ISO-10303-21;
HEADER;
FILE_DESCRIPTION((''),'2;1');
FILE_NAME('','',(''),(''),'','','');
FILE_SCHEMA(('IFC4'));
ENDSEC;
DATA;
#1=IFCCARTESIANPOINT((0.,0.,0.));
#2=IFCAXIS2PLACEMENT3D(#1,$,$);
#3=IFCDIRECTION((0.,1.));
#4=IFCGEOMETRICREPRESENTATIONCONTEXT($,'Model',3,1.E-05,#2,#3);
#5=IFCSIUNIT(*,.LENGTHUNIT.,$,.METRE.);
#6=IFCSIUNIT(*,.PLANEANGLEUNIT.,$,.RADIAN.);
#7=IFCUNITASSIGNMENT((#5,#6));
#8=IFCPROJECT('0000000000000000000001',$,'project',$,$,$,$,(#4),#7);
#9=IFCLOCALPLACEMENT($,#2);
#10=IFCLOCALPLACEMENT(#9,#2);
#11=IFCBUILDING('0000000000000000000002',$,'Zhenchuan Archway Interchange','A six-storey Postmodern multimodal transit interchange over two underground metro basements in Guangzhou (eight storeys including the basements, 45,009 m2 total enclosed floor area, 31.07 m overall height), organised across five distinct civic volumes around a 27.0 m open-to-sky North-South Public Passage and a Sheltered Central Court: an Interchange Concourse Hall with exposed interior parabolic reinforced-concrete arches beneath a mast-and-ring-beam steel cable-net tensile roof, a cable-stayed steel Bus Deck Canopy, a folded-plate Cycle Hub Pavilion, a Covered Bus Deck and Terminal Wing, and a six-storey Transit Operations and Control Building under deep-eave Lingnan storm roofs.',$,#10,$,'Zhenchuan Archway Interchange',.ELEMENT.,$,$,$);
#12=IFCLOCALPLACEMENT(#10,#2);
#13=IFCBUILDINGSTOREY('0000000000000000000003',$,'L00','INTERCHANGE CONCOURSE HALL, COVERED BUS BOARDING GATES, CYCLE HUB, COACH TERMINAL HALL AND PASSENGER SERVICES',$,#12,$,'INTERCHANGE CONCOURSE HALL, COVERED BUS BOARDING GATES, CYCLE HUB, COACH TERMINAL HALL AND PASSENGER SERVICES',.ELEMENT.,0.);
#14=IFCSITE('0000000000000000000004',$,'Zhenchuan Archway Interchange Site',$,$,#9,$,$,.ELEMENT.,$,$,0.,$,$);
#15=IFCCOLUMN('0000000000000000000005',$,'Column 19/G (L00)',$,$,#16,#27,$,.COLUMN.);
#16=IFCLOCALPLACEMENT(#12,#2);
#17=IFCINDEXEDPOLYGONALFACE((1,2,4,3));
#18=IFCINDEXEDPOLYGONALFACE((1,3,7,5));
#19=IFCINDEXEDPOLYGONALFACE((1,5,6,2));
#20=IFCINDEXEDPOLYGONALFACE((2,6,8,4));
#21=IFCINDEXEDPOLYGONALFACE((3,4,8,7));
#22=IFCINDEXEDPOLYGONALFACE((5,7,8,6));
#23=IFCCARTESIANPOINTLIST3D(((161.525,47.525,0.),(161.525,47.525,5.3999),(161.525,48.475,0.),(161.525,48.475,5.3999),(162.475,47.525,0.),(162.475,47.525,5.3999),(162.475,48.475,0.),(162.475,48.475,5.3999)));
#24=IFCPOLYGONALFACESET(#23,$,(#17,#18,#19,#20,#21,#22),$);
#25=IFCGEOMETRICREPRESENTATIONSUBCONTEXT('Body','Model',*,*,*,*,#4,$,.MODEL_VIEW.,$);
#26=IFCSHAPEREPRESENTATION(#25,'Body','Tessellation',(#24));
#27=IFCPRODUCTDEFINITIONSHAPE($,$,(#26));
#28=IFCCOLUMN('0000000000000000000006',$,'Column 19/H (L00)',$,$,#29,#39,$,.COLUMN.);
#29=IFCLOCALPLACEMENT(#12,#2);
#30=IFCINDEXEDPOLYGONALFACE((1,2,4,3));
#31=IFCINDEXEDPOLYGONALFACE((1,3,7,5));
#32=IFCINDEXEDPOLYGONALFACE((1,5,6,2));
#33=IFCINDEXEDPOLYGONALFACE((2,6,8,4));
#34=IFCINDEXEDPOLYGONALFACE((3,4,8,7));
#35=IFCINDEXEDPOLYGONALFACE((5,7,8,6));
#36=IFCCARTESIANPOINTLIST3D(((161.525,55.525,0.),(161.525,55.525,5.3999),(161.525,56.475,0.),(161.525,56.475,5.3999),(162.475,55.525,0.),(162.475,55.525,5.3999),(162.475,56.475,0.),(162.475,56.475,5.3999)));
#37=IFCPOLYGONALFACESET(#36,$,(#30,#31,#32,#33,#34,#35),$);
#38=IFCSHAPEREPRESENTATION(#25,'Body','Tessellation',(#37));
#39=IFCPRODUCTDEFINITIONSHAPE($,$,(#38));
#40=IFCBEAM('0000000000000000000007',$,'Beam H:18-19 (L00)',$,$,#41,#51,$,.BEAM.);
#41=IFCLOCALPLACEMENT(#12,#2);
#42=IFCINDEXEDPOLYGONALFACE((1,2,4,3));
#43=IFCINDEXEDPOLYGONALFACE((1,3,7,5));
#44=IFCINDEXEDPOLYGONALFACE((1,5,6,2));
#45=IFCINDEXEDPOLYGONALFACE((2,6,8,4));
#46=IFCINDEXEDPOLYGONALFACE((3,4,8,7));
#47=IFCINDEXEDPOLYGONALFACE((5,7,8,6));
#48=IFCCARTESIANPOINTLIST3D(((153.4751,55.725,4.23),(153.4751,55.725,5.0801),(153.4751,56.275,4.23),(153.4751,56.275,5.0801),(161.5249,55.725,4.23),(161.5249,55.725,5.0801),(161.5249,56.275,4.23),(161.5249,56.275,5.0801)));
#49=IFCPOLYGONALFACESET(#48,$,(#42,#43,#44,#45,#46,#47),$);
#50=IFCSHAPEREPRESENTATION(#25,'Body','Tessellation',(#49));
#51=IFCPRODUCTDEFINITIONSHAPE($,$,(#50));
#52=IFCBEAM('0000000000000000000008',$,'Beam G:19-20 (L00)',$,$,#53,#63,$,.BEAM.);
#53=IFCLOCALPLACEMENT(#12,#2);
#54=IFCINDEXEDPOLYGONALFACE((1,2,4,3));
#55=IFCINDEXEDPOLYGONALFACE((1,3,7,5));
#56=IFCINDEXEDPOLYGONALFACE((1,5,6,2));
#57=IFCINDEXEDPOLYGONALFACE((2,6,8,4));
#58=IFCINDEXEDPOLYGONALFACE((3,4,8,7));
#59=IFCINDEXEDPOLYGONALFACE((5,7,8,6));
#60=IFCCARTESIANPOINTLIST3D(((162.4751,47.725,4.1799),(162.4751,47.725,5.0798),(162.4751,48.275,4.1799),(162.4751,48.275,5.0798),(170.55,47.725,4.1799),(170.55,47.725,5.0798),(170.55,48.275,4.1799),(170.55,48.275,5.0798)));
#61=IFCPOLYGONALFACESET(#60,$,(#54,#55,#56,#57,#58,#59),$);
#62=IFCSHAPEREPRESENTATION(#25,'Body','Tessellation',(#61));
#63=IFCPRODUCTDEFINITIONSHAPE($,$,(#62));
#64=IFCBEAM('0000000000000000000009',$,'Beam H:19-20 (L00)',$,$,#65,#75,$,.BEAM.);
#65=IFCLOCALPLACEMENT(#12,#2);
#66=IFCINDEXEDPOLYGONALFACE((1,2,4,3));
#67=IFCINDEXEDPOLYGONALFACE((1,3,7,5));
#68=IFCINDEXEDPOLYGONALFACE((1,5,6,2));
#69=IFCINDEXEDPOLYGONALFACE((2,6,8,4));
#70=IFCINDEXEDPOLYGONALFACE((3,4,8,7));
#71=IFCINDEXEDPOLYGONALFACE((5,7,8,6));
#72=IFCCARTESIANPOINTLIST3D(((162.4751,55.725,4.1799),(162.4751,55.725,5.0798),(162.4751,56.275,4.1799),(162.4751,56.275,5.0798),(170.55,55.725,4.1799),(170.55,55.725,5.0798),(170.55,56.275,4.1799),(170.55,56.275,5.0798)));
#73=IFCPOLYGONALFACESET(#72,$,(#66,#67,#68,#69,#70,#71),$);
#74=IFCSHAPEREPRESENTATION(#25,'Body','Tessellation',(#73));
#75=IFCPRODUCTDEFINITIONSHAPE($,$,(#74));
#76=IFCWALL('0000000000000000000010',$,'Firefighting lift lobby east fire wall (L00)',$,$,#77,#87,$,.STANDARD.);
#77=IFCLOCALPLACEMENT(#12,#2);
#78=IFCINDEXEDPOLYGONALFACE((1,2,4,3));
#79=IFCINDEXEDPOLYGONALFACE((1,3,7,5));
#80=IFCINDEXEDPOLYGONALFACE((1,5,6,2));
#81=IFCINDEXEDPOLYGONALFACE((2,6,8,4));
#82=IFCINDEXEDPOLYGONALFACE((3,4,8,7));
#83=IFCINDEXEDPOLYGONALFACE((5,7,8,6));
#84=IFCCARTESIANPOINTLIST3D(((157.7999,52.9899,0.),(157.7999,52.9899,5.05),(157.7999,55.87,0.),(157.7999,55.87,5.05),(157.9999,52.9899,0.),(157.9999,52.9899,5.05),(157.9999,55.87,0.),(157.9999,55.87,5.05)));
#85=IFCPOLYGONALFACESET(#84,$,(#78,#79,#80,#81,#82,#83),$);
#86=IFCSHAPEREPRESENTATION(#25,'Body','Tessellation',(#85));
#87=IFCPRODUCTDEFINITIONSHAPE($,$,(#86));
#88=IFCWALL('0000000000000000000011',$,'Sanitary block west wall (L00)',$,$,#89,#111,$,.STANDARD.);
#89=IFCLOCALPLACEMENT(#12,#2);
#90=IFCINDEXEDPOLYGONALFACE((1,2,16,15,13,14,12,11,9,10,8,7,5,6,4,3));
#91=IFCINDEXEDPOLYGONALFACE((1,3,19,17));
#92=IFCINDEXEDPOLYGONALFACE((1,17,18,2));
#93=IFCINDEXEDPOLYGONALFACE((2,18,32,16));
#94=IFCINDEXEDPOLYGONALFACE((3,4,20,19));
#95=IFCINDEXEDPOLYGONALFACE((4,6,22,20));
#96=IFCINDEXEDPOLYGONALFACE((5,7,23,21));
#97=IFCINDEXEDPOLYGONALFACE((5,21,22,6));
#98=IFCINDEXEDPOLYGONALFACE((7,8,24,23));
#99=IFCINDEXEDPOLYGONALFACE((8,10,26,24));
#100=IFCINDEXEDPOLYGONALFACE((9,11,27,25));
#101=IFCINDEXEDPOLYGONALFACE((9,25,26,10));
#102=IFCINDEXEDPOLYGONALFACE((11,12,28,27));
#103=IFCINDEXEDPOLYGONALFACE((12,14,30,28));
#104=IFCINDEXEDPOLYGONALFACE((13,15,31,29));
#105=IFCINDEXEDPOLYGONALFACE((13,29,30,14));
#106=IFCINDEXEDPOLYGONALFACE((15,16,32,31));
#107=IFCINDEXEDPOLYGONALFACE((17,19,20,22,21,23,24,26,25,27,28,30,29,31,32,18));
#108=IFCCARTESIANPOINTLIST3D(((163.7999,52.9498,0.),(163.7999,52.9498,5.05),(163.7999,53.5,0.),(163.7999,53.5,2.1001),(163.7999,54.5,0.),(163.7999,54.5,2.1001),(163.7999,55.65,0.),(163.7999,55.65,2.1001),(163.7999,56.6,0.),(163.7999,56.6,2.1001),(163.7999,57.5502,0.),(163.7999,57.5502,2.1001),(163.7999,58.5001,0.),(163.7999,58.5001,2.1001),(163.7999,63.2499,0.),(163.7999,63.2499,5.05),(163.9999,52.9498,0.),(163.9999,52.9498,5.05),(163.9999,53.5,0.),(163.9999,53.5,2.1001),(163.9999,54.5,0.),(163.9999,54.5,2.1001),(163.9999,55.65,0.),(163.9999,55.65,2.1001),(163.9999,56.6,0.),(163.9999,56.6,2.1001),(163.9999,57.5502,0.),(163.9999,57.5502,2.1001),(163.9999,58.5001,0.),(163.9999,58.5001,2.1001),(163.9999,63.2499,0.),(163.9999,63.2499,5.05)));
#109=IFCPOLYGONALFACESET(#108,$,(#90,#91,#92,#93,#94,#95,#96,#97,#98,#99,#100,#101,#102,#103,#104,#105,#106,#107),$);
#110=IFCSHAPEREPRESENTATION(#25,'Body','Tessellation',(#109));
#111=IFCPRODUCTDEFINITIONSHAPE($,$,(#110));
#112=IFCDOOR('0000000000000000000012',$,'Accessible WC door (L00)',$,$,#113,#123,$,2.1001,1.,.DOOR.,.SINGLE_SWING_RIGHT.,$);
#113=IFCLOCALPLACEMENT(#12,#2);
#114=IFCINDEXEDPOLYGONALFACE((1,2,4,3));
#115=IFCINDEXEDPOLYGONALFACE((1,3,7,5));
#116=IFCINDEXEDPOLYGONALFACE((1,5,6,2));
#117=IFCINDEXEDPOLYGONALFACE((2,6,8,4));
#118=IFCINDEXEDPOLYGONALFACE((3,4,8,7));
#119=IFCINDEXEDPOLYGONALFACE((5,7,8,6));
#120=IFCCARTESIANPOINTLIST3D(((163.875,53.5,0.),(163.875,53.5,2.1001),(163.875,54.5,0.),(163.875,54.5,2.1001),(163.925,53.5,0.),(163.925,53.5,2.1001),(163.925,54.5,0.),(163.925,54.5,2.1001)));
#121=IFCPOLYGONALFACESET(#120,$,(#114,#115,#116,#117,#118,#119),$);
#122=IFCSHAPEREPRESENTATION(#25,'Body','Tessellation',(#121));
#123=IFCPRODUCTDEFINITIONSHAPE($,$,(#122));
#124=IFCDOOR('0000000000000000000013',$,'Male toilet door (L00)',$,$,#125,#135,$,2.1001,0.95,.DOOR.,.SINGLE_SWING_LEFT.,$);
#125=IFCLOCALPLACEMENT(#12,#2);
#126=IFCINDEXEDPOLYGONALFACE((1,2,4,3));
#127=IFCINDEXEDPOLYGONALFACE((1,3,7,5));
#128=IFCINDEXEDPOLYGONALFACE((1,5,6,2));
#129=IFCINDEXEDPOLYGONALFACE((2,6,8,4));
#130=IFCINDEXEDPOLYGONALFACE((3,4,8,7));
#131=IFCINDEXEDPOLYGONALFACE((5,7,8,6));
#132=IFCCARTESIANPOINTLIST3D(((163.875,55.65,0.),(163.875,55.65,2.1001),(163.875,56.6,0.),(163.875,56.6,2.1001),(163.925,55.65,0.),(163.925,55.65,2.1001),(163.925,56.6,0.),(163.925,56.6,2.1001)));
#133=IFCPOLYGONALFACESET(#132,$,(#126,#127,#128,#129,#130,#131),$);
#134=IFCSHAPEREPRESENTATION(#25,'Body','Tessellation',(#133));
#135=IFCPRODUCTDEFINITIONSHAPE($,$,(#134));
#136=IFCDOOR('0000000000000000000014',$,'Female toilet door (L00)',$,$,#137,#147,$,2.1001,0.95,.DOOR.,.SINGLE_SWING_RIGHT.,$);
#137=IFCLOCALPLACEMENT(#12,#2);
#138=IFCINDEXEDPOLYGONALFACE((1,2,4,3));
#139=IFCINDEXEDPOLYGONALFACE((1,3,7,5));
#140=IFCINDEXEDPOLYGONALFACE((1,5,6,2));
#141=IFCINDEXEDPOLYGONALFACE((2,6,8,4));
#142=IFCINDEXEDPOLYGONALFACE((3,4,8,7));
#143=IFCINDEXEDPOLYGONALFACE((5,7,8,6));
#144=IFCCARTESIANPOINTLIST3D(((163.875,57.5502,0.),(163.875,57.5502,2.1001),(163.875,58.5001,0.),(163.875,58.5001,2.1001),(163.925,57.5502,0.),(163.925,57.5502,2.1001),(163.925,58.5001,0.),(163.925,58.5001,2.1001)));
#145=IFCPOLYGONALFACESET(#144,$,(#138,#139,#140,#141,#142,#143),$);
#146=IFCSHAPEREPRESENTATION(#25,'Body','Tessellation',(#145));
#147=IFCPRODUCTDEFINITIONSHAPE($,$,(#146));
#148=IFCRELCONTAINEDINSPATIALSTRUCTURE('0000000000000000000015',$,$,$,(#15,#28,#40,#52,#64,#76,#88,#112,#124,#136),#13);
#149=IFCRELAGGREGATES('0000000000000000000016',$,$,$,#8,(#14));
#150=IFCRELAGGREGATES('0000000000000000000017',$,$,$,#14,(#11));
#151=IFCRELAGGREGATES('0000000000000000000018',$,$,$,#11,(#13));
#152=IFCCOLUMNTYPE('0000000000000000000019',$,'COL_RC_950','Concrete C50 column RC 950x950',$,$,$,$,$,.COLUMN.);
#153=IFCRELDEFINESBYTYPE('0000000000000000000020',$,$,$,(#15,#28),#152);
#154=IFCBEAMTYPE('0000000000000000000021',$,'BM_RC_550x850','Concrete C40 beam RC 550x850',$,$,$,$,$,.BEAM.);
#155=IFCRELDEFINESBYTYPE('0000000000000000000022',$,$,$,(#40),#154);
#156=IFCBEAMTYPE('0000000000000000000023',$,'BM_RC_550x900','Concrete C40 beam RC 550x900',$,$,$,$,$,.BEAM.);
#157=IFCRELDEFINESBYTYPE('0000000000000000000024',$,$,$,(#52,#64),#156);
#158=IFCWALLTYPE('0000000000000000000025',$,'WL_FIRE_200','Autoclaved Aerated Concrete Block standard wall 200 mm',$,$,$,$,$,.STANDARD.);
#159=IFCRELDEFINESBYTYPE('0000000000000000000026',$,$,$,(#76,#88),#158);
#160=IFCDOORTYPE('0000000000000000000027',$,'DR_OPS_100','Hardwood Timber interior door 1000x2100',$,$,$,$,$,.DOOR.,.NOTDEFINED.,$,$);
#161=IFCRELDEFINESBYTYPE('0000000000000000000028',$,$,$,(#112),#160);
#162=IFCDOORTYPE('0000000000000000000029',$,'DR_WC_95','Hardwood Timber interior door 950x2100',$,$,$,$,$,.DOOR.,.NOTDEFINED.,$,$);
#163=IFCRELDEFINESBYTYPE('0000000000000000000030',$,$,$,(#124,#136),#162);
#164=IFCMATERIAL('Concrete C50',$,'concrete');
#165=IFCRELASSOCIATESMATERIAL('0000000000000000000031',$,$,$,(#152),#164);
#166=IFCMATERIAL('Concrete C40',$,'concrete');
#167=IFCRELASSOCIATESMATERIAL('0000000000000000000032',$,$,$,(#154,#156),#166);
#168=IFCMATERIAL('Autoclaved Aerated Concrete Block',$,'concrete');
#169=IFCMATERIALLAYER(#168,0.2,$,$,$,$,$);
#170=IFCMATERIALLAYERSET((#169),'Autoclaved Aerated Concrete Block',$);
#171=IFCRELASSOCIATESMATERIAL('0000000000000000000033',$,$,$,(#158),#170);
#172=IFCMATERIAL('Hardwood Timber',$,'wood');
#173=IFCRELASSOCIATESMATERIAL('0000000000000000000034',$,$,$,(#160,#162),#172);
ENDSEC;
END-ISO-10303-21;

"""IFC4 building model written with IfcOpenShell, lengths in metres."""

from ifc_helpers import new_model, si_unit, direction, frame, frame_2d, origin, origin_2d, place, context, subcontext, project, spatial, rectangle, extrude, material, layer, layer_set, material_profile, profile_set, type_object, element, fill, save


model = new_model("IFC4")

# Units and contexts
model_context = context("Model", 3, precision=1e-05, world=origin(), true_north=direction((0.0, 1.0)))
body_context = subcontext(model_context, "Body", "Model", "MODEL_VIEW")
ifc_project = project(units=[si_unit("LENGTHUNIT", "METRE"), si_unit("PLANEANGLEUNIT", "RADIAN")], contexts=[model_context])

# Site, building, storey
site_placement = place(None, origin())
site = spatial("IfcSite", under=ifc_project, at=site_placement, Name="Zhenchuan Archway Interchange Site", CompositionType="ELEMENT", RefElevation=0.0)
building_placement = place(site_placement, origin())
building = spatial("IfcBuilding", under=site, at=building_placement, Name="Zhenchuan Archway Interchange", Description="A six-storey Postmodern multimodal transit interchange over two underground metro basements in Guangzhou (eight storeys including the basements, 45,009 m2 total enclosed floor area, 31.07 m overall height), organised across five distinct civic volumes around a 27.0 m open-to-sky North-South Public Passage and a Sheltered Central Court: an Interchange Concourse Hall with exposed interior parabolic reinforced-concrete arches beneath a mast-and-ring-beam steel cable-net tensile roof, a cable-stayed steel Bus Deck Canopy, a folded-plate Cycle Hub Pavilion, a Covered Bus Deck and Terminal Wing, and a six-storey Transit Operations and Control Building under deep-eave Lingnan storm roofs.", LongName="Zhenchuan Archway Interchange", CompositionType="ELEMENT")
storey_placement = place(building_placement, origin())
storey = spatial("IfcBuildingStorey", under=building, at=storey_placement, Name="L00", Description="INTERCHANGE CONCOURSE HALL, COVERED BUS BOARDING GATES, CYCLE HUB, COACH TERMINAL HALL AND PASSENGER SERVICES", LongName="INTERCHANGE CONCOURSE HALL, COVERED BUS BOARDING GATES, CYCLE HUB, COACH TERMINAL HALL AND PASSENGER SERVICES", CompositionType="ELEMENT", Elevation=0.0)

# Columns
ifc_material_1 = material(Name="Concrete C50", Category="concrete")
ifc_material_profile_1 = material_profile(ifc_material_1, rectangle(XDim=0.95, YDim=0.95, at=origin_2d()), Name="RC 950x950")
ifc_profile_set_1 = profile_set([ifc_material_profile_1], Name="Concrete C50")
column_type = type_object("IfcColumnType", Name="COL_RC_950", Description="Concrete C50 column RC 950x950", PredefinedType="COLUMN", material=ifc_profile_set_1)
for number, where, z_axis, x_axis, name in (
    (1, (162.0, 48.0, 0.0), (0.0, 0.0, 1.0), (1.0, 0.0, 0.0), "Column 19/G (L00)"),
    (2, (162.0, 56.0, 0.0), (0.0, 0.0, 1.0), (1.0, 0.0, 0.0), "Column 19/H (L00)"),
):
    element("IfcColumn", number, at=place(storey_placement, frame(where, z_axis=z_axis, x_axis=x_axis)), inside=storey, type_object=column_type, Name=name, PredefinedType="COLUMN", context=body_context, shape_type="SweptSolid", body=[
        extrude(rectangle(XDim=0.95, YDim=0.95, at=origin_2d()), origin(), (0.0, 0.0, 1.0), 5.3999),
    ])

# Beams
ifc_material_2 = material(Name="Concrete C40", Category="concrete")
ifc_material_profile_2 = material_profile(ifc_material_2, rectangle(XDim=0.55, YDim=0.8501, at=origin_2d()), Name="RC 550x850")
ifc_profile_set_2 = profile_set([ifc_material_profile_2], Name="Concrete C40")
beam_type_1 = type_object("IfcBeamType", Name="BM_RC_550x850", Description="Concrete C40 beam RC 550x850", PredefinedType="BEAM", material=ifc_profile_set_2)
beam_placement = place(storey_placement, frame((153.4751, 56.0, 4.655), z_axis=(1.0, 0.0, 0.0), x_axis=(0.0, 1.0, 0.0)))
element("IfcBeam", 3, at=beam_placement, inside=storey, type_object=beam_type_1, Name="Beam H:18-19 (L00)", PredefinedType="BEAM", context=body_context, shape_type="SweptSolid", body=[
    extrude(rectangle(XDim=0.55, YDim=0.8501, at=origin_2d()), origin(), (0.0, 0.0, 1.0), 8.0498),
])
ifc_material_profile_3 = material_profile(ifc_material_2, rectangle(XDim=0.55, YDim=0.8999, at=origin_2d()), Name="RC 550x900")
ifc_profile_set_3 = profile_set([ifc_material_profile_3], Name="Concrete C40")
beam_type_2 = type_object("IfcBeamType", Name="BM_RC_550x900", Description="Concrete C40 beam RC 550x900", PredefinedType="BEAM", material=ifc_profile_set_3)
for number, where, z_axis, x_axis, name in (
    (4, (162.4751, 48.0, 4.6299), (1.0, 0.0, 0.0), (0.0, 1.0, 0.0), "Beam G:19-20 (L00)"),
    (5, (162.4751, 56.0, 4.6299), (1.0, 0.0, 0.0), (0.0, 1.0, 0.0), "Beam H:19-20 (L00)"),
):
    element("IfcBeam", number, at=place(storey_placement, frame(where, z_axis=z_axis, x_axis=x_axis)), inside=storey, type_object=beam_type_2, Name=name, PredefinedType="BEAM", context=body_context, shape_type="SweptSolid", body=[
        extrude(rectangle(XDim=0.55, YDim=0.8999, at=origin_2d()), origin(), (0.0, 0.0, 1.0), 8.075),
    ])

# Wall
ifc_material_3 = material(Name="Autoclaved Aerated Concrete Block", Category="concrete")
ifc_layer_1 = layer(ifc_material_3, 0.2)
ifc_layer_set_1 = layer_set([ifc_layer_1], Name="Autoclaved Aerated Concrete Block")
wall_type_1 = type_object("IfcWallType", Name="WL_FIRE_200", Description="Autoclaved Aerated Concrete Block standard wall 200 mm", PredefinedType="STANDARD", material=ifc_layer_set_1)
wall_1_placement = place(storey_placement, frame((157.8999, 52.99, 0.0), z_axis=(0.0, 0.0, 1.0), x_axis=(0.0, 1.0, 0.0)))
element("IfcWall", 6, at=wall_1_placement, inside=storey, type_object=wall_type_1, Name="Firefighting lift lobby east fire wall (L00)", PredefinedType="STANDARD", context=body_context, shape_type="SweptSolid", body=[
    extrude(rectangle(XDim=2.8801, YDim=0.2, at=frame_2d((1.4399, 0.0))), origin(), (0.0, 0.0, 1.0), 5.05),
])

# Wall, openings, doors
wall_2_placement = place(storey_placement, frame((163.8999, 52.95, 0.0), z_axis=(0.0, 0.0, 1.0), x_axis=(0.0, 1.0, 0.0)))
wall_2 = element("IfcWall", 7, at=wall_2_placement, inside=storey, type_object=wall_type_1, Name="Sanitary block west wall (L00)", PredefinedType="STANDARD", context=body_context, shape_type="SweptSolid", body=[
    extrude(rectangle(XDim=10.3, YDim=0.2, at=frame_2d((5.1499, 0.0))), origin(), (0.0, 0.0, 1.0), 5.05),
])
opening_1_placement = place(wall_2_placement, frame((0.55, 0.0, 0.0)))
opening_1 = element("IfcOpeningElement", 8, at=opening_1_placement, cuts=wall_2, PredefinedType="OPENING", context=body_context, shape_type="SweptSolid", body=[
    extrude(rectangle(XDim=1.0, YDim=2.1001, at=frame_2d((0.5, 1.05))), frame((0.0, 0.1118, 0.0), z_axis=(0.0, -1.0, 0.0), x_axis=(1.0, 0.0, 0.0)), (0.0, 0.0, 1.0), 0.2239),
])
opening_2_placement = place(wall_2_placement, frame((2.7, 0.0, 0.0)))
opening_2 = element("IfcOpeningElement", 9, at=opening_2_placement, cuts=wall_2, PredefinedType="OPENING", context=body_context, shape_type="SweptSolid", body=[
    extrude(rectangle(XDim=0.95, YDim=2.1001, at=frame_2d((0.4751, 1.05))), frame((0.0, 0.1118, 0.0), z_axis=(0.0, -1.0, 0.0), x_axis=(1.0, 0.0, 0.0)), (0.0, 0.0, 1.0), 0.2239),
])
opening_3_placement = place(wall_2_placement, frame((4.6001, 0.0, 0.0)))
opening_3 = element("IfcOpeningElement", 10, at=opening_3_placement, cuts=wall_2, PredefinedType="OPENING", context=body_context, shape_type="SweptSolid", body=[
    extrude(rectangle(XDim=0.95, YDim=2.1001, at=frame_2d((0.4751, 1.05))), frame((0.0, 0.1118, 0.0), z_axis=(0.0, -1.0, 0.0), x_axis=(1.0, 0.0, 0.0)), (0.0, 0.0, 1.0), 0.2239),
])
ifc_material_4 = material(Name="Hardwood Timber", Category="wood")
door_type_1 = type_object("IfcDoorType", Name="DR_OPS_100", Description="Hardwood Timber interior door 1000x2100", OperationType="NOTDEFINED", PredefinedType="DOOR", material=ifc_material_4)
door_1_placement = place(opening_1_placement, origin())
door_1 = element("IfcDoor", 11, at=door_1_placement, inside=storey, type_object=door_type_1, Name="Accessible WC door (L00)", OperationType="SINGLE_SWING_RIGHT", OverallHeight=2.1001, OverallWidth=1.0, PredefinedType="DOOR", context=body_context, shape_type="SweptSolid", body=[
    extrude(rectangle(XDim=1.0, YDim=2.1001, at=frame_2d((0.5, 1.05))), frame((0.0, 0.0249, 0.0), z_axis=(0.0, -1.0, 0.0), x_axis=(1.0, 0.0, 0.0)), (0.0, 0.0, 1.0), 0.05),
])
fill(opening_1, door_1)
door_type_2 = type_object("IfcDoorType", Name="DR_WC_95", Description="Hardwood Timber interior door 950x2100", OperationType="NOTDEFINED", PredefinedType="DOOR", material=ifc_material_4)
door_2_placement = place(opening_2_placement, origin())
door_2 = element("IfcDoor", 12, at=door_2_placement, inside=storey, type_object=door_type_2, Name="Male toilet door (L00)", OperationType="SINGLE_SWING_LEFT", OverallHeight=2.1001, OverallWidth=0.95, PredefinedType="DOOR", context=body_context, shape_type="SweptSolid", body=[
    extrude(rectangle(XDim=0.95, YDim=2.1001, at=frame_2d((0.4751, 1.05))), frame((0.0, 0.0249, 0.0), z_axis=(0.0, -1.0, 0.0), x_axis=(1.0, 0.0, 0.0)), (0.0, 0.0, 1.0), 0.05),
])
fill(opening_2, door_2)
door_3_placement = place(opening_3_placement, origin())
door_3 = element("IfcDoor", 13, at=door_3_placement, inside=storey, type_object=door_type_2, Name="Female toilet door (L00)", OperationType="SINGLE_SWING_RIGHT", OverallHeight=2.1001, OverallWidth=0.95, PredefinedType="DOOR", context=body_context, shape_type="SweptSolid", body=[
    extrude(rectangle(XDim=0.95, YDim=2.1001, at=frame_2d((0.4751, 1.05))), frame((0.0, 0.0249, 0.0), z_axis=(0.0, -1.0, 0.0), x_axis=(1.0, 0.0, 0.0)), (0.0, 0.0, 1.0), 0.05),
])
fill(opening_3, door_3)

save(model, "model.ifc")
